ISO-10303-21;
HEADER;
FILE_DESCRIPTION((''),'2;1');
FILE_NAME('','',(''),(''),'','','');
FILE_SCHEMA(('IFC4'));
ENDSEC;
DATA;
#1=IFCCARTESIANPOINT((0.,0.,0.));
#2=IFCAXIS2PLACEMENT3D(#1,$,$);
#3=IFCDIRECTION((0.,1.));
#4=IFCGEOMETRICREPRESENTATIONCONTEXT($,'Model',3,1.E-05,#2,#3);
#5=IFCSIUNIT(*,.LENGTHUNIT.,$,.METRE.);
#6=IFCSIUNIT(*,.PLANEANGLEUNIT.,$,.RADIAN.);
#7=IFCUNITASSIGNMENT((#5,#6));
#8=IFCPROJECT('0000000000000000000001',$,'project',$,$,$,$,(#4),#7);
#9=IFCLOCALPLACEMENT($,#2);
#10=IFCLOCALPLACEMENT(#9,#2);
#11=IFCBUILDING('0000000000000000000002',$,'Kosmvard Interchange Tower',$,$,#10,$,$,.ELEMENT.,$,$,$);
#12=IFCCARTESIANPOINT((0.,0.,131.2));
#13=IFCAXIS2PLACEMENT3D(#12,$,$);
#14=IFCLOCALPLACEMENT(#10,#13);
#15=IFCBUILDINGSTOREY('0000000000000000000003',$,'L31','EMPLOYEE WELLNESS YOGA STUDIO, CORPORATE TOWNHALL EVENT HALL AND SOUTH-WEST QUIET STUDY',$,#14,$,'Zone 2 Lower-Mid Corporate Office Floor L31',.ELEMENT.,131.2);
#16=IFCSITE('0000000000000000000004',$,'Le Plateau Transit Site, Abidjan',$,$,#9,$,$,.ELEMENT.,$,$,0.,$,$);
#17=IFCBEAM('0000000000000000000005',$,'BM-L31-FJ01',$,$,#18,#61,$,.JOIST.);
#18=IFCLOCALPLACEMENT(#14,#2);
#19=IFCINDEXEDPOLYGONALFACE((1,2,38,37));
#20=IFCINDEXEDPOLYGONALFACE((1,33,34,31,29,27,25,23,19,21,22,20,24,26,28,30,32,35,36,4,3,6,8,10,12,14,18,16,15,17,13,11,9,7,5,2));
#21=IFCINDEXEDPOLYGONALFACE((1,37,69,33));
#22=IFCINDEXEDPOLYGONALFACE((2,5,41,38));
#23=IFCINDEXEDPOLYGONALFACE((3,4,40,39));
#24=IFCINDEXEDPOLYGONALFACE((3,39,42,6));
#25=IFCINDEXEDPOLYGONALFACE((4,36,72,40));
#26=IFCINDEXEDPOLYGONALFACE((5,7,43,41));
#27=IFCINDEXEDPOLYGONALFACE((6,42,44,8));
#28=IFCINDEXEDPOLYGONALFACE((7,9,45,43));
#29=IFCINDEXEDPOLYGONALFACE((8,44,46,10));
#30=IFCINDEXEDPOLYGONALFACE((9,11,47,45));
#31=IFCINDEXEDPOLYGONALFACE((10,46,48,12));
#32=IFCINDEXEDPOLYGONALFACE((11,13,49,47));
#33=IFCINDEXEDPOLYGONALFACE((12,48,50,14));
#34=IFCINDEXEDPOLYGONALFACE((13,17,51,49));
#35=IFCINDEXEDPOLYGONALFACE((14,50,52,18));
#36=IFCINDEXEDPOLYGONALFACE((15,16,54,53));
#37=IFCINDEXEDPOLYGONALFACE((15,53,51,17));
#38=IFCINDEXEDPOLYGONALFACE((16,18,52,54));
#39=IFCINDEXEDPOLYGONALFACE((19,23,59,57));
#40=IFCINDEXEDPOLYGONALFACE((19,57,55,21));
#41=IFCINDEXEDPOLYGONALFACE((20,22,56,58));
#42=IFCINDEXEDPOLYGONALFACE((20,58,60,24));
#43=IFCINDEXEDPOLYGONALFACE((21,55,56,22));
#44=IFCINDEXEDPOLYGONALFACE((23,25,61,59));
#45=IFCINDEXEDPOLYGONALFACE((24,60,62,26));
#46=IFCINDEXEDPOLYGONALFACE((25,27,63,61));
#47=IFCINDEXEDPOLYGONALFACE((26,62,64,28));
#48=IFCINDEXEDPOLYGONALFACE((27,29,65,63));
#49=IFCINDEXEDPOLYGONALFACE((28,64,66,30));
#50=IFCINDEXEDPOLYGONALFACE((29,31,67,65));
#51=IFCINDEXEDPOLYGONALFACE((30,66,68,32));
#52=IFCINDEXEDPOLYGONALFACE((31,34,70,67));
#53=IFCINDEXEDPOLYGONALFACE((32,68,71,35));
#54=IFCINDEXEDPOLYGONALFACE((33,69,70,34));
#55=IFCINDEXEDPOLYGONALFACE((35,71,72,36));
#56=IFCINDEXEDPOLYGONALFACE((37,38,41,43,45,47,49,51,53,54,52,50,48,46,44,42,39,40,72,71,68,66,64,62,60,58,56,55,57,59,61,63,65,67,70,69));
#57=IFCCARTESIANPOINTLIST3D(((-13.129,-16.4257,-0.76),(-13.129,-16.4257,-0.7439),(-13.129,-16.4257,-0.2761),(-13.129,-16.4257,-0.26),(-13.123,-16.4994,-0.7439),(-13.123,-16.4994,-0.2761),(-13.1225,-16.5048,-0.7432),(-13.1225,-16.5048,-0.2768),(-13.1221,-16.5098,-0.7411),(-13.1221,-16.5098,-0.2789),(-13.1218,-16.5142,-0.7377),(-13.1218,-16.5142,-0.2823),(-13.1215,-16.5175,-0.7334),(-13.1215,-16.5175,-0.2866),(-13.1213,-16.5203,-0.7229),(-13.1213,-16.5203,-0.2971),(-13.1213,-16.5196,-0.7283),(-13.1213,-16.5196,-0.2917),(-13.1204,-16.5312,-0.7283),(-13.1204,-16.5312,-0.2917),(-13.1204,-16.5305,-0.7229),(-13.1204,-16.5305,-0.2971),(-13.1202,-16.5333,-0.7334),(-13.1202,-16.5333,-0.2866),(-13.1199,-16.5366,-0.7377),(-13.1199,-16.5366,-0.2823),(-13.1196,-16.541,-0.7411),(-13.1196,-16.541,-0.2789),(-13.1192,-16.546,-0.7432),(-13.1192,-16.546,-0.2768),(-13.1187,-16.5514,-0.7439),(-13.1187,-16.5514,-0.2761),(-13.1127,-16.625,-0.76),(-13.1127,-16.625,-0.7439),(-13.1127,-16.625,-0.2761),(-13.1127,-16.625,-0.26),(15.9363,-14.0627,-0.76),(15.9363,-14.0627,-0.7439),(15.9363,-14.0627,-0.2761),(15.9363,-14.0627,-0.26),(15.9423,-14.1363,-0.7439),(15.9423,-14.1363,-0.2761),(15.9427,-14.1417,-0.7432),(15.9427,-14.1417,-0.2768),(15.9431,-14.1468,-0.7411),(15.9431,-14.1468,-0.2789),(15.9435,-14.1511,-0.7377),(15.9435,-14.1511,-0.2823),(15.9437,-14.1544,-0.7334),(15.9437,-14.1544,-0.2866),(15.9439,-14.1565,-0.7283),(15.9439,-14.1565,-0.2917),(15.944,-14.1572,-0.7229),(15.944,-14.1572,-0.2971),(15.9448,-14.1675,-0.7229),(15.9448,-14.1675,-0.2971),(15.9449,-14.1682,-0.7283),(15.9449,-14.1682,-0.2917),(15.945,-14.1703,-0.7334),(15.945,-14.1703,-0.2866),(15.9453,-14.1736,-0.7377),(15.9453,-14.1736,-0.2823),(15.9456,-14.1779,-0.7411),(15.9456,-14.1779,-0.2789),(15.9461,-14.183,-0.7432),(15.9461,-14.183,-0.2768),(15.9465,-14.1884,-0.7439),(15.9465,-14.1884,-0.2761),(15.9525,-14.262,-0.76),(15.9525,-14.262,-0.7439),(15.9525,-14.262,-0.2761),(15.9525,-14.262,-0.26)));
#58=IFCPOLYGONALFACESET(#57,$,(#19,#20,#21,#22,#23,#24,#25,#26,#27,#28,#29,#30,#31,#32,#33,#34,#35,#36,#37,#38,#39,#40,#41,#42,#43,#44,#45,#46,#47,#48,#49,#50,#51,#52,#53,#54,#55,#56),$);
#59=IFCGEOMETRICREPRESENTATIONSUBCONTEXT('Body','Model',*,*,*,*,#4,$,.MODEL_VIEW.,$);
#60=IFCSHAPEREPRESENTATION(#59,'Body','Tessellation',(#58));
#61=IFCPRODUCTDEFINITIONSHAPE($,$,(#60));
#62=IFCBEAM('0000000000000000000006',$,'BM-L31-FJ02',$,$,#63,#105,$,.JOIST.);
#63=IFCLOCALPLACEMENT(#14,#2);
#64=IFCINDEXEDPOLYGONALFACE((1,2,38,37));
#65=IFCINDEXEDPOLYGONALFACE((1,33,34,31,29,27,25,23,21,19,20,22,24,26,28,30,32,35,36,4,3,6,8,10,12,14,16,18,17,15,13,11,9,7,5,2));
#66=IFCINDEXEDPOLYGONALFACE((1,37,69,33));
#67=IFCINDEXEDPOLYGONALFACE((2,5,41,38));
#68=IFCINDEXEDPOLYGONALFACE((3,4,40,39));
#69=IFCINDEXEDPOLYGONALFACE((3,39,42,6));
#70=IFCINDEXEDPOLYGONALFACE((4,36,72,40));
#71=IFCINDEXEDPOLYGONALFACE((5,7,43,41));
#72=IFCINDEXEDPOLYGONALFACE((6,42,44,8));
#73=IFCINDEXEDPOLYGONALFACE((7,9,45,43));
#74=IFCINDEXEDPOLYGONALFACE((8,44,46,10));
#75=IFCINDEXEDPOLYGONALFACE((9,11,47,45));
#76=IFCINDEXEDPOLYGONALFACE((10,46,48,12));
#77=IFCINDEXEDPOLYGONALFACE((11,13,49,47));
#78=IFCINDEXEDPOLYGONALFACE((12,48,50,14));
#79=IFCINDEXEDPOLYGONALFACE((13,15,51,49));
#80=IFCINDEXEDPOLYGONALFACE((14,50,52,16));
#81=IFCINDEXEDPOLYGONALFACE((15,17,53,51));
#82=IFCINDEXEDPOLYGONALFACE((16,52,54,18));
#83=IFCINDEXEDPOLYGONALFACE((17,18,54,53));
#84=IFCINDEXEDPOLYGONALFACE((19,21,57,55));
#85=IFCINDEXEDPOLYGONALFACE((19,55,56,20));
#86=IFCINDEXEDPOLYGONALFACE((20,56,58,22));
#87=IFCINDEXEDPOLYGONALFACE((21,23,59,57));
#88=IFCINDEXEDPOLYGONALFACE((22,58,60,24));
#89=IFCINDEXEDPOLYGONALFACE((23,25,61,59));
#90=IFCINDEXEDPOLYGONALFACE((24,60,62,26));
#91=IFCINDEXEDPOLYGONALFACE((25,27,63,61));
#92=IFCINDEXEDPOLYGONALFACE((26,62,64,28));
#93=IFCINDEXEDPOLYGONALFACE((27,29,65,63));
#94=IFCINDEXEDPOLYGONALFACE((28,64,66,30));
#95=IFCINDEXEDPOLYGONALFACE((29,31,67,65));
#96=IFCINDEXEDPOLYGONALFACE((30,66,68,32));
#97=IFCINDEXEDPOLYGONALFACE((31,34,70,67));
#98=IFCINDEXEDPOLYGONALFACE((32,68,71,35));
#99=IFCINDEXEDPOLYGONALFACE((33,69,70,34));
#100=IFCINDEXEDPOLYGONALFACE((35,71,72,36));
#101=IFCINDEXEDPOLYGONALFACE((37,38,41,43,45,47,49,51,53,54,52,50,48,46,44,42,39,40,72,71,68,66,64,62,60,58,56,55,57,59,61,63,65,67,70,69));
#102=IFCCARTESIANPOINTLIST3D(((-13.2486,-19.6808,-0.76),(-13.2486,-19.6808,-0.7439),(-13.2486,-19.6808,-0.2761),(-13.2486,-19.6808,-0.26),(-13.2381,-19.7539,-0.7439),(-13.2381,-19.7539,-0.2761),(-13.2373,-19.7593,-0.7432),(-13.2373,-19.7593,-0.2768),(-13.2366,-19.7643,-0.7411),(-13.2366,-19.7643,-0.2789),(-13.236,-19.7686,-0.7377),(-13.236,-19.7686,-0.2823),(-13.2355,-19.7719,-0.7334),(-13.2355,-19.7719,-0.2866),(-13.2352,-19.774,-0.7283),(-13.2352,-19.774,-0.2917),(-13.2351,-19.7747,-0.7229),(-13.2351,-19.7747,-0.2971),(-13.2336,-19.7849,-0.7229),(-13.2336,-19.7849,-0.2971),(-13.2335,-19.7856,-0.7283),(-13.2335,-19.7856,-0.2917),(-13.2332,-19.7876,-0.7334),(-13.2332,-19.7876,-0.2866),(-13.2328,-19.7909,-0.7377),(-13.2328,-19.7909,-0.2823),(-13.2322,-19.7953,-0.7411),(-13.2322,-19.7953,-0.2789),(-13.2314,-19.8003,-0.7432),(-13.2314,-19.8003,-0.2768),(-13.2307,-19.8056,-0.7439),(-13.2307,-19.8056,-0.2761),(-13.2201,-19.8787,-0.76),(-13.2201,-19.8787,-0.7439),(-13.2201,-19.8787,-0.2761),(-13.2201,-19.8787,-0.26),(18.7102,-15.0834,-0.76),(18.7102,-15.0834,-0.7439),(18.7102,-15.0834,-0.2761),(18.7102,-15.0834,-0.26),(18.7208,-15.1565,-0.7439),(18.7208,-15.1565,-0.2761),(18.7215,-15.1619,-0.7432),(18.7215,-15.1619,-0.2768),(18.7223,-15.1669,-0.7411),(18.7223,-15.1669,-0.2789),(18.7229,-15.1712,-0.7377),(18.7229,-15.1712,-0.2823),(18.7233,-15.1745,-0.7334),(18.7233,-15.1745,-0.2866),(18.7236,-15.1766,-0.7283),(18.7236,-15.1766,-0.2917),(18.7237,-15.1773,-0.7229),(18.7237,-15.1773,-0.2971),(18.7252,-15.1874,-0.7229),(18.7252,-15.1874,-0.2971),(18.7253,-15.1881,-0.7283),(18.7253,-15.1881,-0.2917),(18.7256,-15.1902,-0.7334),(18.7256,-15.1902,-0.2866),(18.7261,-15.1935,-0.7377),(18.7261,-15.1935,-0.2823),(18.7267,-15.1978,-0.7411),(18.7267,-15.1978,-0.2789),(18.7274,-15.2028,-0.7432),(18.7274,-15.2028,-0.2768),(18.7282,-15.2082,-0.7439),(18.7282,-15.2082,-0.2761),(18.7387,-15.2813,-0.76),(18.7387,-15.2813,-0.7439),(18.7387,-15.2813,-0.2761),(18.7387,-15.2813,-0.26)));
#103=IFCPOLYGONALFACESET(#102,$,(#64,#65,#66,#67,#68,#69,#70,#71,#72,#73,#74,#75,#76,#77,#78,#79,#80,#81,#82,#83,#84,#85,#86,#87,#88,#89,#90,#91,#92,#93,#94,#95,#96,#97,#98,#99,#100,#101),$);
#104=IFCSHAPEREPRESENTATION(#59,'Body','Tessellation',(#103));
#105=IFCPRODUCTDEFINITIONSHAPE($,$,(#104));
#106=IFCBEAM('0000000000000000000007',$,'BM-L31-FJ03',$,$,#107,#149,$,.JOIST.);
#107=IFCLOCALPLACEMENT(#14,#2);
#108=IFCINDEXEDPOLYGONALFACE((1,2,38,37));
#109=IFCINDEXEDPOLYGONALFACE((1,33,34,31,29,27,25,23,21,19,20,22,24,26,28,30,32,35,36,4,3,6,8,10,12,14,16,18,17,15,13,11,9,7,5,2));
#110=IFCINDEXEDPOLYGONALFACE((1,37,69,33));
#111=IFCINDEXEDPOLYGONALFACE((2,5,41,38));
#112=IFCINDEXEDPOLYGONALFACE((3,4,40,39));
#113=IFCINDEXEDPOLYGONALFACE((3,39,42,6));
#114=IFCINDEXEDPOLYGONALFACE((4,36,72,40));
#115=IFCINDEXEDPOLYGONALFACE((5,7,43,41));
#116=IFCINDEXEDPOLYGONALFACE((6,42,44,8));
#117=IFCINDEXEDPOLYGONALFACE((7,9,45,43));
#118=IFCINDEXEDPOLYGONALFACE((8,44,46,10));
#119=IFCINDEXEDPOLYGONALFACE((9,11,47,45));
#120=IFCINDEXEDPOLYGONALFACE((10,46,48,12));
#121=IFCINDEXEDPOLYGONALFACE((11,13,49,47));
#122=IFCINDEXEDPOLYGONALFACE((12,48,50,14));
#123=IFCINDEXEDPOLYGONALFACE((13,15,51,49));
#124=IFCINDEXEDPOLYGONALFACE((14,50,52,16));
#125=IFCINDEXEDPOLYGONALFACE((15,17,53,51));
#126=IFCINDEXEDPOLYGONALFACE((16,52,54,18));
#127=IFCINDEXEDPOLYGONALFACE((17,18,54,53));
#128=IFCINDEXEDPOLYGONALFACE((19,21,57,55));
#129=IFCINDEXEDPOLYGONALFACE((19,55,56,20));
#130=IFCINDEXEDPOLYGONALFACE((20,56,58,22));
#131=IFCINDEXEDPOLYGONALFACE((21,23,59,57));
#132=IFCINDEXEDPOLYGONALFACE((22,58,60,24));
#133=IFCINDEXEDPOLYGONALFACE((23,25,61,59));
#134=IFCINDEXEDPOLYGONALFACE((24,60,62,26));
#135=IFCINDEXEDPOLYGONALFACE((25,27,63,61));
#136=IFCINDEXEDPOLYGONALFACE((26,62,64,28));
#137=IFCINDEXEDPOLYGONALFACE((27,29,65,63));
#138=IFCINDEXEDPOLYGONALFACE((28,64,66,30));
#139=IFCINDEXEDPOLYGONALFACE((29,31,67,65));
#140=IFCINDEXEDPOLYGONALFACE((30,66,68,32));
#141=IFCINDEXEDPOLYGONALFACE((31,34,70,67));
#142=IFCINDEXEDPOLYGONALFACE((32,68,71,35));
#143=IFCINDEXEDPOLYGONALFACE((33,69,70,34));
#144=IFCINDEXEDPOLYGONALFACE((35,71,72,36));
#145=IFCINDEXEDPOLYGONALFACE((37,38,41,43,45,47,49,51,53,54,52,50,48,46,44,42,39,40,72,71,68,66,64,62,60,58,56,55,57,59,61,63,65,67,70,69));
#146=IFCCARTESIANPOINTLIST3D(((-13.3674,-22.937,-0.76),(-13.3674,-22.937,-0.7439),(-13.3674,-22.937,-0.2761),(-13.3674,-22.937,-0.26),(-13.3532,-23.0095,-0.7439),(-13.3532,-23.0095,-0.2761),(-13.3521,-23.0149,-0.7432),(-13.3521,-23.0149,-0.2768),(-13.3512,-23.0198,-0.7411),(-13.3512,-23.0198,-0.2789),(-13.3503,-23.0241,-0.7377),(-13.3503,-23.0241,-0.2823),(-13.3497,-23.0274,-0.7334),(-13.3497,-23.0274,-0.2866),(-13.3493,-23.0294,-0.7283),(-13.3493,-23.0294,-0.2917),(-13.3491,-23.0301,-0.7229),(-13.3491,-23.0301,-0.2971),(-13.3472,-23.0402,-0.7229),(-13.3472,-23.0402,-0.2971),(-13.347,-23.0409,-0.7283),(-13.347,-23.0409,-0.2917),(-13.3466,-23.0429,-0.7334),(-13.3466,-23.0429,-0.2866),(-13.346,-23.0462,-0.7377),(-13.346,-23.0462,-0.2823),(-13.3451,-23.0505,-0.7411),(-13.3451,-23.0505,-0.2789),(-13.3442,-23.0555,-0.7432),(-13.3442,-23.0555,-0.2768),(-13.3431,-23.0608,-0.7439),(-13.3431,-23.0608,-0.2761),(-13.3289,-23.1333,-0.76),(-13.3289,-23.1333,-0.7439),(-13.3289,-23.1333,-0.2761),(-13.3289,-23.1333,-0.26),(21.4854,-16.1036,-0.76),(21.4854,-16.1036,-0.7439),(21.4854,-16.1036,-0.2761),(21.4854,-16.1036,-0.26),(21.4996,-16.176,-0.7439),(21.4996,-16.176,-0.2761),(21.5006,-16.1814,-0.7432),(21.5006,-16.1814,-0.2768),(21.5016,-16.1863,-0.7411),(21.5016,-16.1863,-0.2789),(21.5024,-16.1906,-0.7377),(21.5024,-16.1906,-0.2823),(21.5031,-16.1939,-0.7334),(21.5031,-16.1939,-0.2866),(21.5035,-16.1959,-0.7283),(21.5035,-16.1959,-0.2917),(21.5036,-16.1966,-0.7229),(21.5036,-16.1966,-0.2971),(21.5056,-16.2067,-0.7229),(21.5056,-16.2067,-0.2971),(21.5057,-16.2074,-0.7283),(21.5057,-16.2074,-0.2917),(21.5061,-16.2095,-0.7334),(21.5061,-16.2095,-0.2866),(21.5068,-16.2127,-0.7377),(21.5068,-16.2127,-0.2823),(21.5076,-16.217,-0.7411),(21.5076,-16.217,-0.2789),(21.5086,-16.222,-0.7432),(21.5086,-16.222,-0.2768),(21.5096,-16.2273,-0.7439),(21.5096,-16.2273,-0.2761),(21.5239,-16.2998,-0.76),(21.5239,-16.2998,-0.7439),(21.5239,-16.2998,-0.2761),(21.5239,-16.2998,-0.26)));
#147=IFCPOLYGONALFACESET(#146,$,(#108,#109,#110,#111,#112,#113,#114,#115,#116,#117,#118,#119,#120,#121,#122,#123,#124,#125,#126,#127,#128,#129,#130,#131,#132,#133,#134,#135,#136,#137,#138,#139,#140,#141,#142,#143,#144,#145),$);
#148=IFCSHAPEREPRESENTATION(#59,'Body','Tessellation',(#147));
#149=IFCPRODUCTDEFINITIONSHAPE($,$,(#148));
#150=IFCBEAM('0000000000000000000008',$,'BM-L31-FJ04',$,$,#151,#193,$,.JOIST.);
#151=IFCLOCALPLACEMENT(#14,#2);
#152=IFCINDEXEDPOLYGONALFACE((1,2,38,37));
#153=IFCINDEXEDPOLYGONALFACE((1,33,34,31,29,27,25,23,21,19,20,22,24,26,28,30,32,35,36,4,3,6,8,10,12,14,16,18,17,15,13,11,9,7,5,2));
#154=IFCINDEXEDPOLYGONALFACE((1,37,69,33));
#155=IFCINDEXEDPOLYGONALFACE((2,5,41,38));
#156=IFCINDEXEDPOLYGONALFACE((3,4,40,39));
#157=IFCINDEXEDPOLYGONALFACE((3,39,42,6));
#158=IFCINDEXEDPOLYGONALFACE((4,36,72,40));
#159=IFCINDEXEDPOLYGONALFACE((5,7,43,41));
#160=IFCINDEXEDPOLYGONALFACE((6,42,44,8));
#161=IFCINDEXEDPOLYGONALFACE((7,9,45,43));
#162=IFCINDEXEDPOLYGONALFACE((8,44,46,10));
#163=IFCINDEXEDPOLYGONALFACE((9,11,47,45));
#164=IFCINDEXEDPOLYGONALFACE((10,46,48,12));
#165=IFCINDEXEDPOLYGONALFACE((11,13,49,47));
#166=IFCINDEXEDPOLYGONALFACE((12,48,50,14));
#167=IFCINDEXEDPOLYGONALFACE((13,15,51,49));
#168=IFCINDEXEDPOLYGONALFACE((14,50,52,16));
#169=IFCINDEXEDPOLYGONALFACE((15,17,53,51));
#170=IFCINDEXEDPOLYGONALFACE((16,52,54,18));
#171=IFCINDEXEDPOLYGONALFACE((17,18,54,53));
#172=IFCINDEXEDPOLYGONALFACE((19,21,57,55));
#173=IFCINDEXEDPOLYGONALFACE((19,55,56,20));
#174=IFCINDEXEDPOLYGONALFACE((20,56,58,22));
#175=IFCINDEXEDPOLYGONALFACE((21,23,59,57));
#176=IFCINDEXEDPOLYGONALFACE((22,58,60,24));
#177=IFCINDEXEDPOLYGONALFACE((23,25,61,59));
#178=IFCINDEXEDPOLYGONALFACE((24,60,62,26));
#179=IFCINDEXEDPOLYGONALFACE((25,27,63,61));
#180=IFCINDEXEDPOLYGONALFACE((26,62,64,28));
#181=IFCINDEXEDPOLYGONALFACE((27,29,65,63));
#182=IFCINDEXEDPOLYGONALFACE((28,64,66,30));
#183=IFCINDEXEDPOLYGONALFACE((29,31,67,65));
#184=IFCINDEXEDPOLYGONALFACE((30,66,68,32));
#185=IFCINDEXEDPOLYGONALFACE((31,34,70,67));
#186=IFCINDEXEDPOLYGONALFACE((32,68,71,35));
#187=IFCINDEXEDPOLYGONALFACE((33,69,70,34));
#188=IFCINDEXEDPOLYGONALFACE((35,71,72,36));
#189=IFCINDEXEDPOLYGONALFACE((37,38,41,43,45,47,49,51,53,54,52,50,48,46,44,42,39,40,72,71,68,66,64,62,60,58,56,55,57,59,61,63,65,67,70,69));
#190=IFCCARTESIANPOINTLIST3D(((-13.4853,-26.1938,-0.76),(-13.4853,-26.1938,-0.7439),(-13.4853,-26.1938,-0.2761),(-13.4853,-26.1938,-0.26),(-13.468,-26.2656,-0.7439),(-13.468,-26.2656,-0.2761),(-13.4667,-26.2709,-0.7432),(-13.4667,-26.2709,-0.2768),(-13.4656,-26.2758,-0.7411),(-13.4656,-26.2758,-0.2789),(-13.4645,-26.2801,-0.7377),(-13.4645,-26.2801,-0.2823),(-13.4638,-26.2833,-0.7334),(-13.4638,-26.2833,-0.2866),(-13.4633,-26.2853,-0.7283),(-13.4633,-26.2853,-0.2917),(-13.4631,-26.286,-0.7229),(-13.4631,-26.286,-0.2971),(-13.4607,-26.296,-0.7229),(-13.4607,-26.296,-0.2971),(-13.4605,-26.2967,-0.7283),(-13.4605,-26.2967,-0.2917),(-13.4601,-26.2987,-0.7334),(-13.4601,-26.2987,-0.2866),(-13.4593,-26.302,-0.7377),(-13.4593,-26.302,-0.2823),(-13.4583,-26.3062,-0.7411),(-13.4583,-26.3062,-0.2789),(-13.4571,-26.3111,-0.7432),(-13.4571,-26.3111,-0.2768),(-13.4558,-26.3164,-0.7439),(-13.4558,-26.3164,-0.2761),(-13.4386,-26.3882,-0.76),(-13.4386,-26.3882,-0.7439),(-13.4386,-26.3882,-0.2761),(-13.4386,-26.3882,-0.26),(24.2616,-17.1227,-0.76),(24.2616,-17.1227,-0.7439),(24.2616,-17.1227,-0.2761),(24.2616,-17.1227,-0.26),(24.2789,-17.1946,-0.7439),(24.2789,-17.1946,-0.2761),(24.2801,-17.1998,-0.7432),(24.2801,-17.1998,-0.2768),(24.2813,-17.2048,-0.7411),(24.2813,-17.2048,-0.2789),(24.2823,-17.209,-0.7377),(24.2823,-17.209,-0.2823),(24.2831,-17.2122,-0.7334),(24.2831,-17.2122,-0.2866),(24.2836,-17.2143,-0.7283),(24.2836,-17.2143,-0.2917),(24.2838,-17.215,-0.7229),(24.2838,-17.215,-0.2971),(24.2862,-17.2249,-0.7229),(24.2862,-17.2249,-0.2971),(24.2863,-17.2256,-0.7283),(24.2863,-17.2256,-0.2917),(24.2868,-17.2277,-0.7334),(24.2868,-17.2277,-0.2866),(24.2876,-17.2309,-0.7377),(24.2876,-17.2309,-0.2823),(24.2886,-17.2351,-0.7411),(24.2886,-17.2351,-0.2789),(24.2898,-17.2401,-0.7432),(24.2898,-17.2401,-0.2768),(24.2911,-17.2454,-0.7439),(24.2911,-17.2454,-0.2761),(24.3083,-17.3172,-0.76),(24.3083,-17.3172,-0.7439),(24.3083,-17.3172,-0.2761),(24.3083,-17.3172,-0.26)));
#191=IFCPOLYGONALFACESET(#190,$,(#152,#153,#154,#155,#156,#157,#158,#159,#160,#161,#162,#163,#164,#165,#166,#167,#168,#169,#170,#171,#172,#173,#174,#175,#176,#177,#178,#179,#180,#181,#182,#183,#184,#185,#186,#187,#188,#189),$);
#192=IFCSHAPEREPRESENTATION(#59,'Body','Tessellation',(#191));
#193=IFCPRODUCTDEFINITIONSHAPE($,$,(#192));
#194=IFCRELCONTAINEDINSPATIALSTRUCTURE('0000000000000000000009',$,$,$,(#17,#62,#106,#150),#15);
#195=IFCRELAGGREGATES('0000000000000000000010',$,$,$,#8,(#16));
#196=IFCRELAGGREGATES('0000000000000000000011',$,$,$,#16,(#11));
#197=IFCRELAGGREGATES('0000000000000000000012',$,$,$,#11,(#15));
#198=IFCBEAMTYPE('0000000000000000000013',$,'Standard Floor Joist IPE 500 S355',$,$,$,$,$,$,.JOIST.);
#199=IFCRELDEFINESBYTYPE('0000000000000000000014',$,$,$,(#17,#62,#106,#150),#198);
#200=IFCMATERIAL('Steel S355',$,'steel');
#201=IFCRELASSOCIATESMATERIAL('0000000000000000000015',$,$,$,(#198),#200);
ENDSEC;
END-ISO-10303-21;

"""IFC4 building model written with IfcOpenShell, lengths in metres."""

from ifc_helpers import new_model, si_unit, direction, frame, origin, origin_2d, place, context, subcontext, project, spatial, i_section, extrude, source, transform, mapped, material, material_profile, profile_set, type_object, element, save


model = new_model("IFC4")

# Units and contexts
model_context = context("Model", 3, precision=1e-05, world=origin(), true_north=direction((0.0, 1.0)))
body_context = subcontext(model_context, "Body", "Model", "MODEL_VIEW")
ifc_project = project(units=[si_unit("LENGTHUNIT", "METRE"), si_unit("PLANEANGLEUNIT", "RADIAN")], contexts=[model_context])

# Site, building, storey
site_placement = place(None, origin())
site = spatial("IfcSite", under=ifc_project, at=site_placement, Name="Le Plateau Transit Site, Abidjan", CompositionType="ELEMENT", RefElevation=0.0)
building_placement = place(site_placement, origin())
building = spatial("IfcBuilding", under=site, at=building_placement, Name="Kosmvard Interchange Tower", CompositionType="ELEMENT")
storey_placement = place(building_placement, frame((0.0, 0.0, 131.2)))
storey = spatial("IfcBuildingStorey", under=building, at=storey_placement, Name="L31", Description="EMPLOYEE WELLNESS YOGA STUDIO, CORPORATE TOWNHALL EVENT HALL AND SOUTH-WEST QUIET STUDY", LongName="Zone 2 Lower-Mid Corporate Office Floor L31", CompositionType="ELEMENT", Elevation=131.2)

# Beams
ifc_material_1 = material(Name="Steel S355", Category="steel")
ifc_material_profile_1 = material_profile(ifc_material_1, i_section(OverallWidth=0.2, OverallDepth=0.5, WebThickness=0.0103, FlangeThickness=0.0161, FilletRadius=0.021, at=origin_2d()), Name="IPE 500")
ifc_profile_set_1 = profile_set([ifc_material_profile_1], Name="Steel S355")
beam_type_1 = type_object("IfcBeamType", Name="Standard Floor Joist IPE 500 S355", PredefinedType="JOIST", material=ifc_profile_set_1)
shared_shape_1 = source(origin(), body_context, "Body", "SweptSolid", [
    extrude(i_section(OverallWidth=0.2, OverallDepth=0.5, WebThickness=0.0103, FlangeThickness=0.0161, FilletRadius=0.021, at=origin_2d()), origin(), (0.0, 0.0, 1.0), 29.1611),
])
beam_1_placement = place(storey_placement, frame((-13.1208, -16.5254, -0.51), z_axis=(0.996711, 0.081034, 0.0), x_axis=(-0.081034, 0.996711, 0.0)))
element("IfcBeam", 1, at=beam_1_placement, inside=storey, type_object=beam_type_1, Name="BM-L31-FJ01", PredefinedType="JOIST", context=body_context, shape_type="MappedRepresentation", body=[
    mapped(shared_shape_1, transform((0.0, 0.0, 0.0), scale=1.0)),
])
shared_shape_2 = source(origin(), body_context, "Body", "SweptSolid", [
    extrude(i_section(OverallWidth=0.2, OverallDepth=0.5, WebThickness=0.0103, FlangeThickness=0.0161, FilletRadius=0.021, at=origin_2d()), origin(), (0.0, 0.0, 1.0), 32.2878),
])
beam_2_placement = place(storey_placement, frame((-13.2344, -19.7798, -0.51), z_axis=(0.989811, 0.142389, 0.0), x_axis=(-0.142389, 0.989811, 0.0)))
element("IfcBeam", 2, at=beam_2_placement, inside=storey, type_object=beam_type_1, Name="BM-L31-FJ02", PredefinedType="JOIST", context=body_context, shape_type="MappedRepresentation", body=[
    mapped(shared_shape_2, transform((0.0, 0.0, 0.0), scale=1.0)),
])
shared_shape_3 = source(origin(), body_context, "Body", "SweptSolid", [
    extrude(i_section(OverallWidth=0.2, OverallDepth=0.5, WebThickness=0.0103, FlangeThickness=0.0161, FilletRadius=0.021, at=origin_2d()), origin(), (0.0, 0.0, 1.0), 35.5164),
])
beam_3_placement = place(storey_placement, frame((-13.3481, -23.0352, -0.51), z_axis=(0.981316, 0.192404, 0.0), x_axis=(-0.192404, 0.981316, 0.0)))
element("IfcBeam", 3, at=beam_3_placement, inside=storey, type_object=beam_type_1, Name="BM-L31-FJ03", PredefinedType="JOIST", context=body_context, shape_type="MappedRepresentation", body=[
    mapped(shared_shape_3, transform((0.0, 0.0, 0.0), scale=1.0)),
])
shared_shape_4 = source(origin(), body_context, "Body", "SweptSolid", [
    extrude(i_section(OverallWidth=0.2, OverallDepth=0.5, WebThickness=0.0103, FlangeThickness=0.0161, FilletRadius=0.021, at=origin_2d()), origin(), (0.0, 0.0, 1.0), 38.8215),
])
beam_4_placement = place(storey_placement, frame((-13.4619, -26.291, -0.51), z_axis=(0.972318, 0.233661, 0.0), x_axis=(-0.233661, 0.972318, 0.0)))
element("IfcBeam", 4, at=beam_4_placement, inside=storey, type_object=beam_type_1, Name="BM-L31-FJ04", PredefinedType="JOIST", context=body_context, shape_type="MappedRepresentation", body=[
    mapped(shared_shape_4, transform((0.0, 0.0, 0.0), scale=1.0)),
])

save(model, "model.ifc")
